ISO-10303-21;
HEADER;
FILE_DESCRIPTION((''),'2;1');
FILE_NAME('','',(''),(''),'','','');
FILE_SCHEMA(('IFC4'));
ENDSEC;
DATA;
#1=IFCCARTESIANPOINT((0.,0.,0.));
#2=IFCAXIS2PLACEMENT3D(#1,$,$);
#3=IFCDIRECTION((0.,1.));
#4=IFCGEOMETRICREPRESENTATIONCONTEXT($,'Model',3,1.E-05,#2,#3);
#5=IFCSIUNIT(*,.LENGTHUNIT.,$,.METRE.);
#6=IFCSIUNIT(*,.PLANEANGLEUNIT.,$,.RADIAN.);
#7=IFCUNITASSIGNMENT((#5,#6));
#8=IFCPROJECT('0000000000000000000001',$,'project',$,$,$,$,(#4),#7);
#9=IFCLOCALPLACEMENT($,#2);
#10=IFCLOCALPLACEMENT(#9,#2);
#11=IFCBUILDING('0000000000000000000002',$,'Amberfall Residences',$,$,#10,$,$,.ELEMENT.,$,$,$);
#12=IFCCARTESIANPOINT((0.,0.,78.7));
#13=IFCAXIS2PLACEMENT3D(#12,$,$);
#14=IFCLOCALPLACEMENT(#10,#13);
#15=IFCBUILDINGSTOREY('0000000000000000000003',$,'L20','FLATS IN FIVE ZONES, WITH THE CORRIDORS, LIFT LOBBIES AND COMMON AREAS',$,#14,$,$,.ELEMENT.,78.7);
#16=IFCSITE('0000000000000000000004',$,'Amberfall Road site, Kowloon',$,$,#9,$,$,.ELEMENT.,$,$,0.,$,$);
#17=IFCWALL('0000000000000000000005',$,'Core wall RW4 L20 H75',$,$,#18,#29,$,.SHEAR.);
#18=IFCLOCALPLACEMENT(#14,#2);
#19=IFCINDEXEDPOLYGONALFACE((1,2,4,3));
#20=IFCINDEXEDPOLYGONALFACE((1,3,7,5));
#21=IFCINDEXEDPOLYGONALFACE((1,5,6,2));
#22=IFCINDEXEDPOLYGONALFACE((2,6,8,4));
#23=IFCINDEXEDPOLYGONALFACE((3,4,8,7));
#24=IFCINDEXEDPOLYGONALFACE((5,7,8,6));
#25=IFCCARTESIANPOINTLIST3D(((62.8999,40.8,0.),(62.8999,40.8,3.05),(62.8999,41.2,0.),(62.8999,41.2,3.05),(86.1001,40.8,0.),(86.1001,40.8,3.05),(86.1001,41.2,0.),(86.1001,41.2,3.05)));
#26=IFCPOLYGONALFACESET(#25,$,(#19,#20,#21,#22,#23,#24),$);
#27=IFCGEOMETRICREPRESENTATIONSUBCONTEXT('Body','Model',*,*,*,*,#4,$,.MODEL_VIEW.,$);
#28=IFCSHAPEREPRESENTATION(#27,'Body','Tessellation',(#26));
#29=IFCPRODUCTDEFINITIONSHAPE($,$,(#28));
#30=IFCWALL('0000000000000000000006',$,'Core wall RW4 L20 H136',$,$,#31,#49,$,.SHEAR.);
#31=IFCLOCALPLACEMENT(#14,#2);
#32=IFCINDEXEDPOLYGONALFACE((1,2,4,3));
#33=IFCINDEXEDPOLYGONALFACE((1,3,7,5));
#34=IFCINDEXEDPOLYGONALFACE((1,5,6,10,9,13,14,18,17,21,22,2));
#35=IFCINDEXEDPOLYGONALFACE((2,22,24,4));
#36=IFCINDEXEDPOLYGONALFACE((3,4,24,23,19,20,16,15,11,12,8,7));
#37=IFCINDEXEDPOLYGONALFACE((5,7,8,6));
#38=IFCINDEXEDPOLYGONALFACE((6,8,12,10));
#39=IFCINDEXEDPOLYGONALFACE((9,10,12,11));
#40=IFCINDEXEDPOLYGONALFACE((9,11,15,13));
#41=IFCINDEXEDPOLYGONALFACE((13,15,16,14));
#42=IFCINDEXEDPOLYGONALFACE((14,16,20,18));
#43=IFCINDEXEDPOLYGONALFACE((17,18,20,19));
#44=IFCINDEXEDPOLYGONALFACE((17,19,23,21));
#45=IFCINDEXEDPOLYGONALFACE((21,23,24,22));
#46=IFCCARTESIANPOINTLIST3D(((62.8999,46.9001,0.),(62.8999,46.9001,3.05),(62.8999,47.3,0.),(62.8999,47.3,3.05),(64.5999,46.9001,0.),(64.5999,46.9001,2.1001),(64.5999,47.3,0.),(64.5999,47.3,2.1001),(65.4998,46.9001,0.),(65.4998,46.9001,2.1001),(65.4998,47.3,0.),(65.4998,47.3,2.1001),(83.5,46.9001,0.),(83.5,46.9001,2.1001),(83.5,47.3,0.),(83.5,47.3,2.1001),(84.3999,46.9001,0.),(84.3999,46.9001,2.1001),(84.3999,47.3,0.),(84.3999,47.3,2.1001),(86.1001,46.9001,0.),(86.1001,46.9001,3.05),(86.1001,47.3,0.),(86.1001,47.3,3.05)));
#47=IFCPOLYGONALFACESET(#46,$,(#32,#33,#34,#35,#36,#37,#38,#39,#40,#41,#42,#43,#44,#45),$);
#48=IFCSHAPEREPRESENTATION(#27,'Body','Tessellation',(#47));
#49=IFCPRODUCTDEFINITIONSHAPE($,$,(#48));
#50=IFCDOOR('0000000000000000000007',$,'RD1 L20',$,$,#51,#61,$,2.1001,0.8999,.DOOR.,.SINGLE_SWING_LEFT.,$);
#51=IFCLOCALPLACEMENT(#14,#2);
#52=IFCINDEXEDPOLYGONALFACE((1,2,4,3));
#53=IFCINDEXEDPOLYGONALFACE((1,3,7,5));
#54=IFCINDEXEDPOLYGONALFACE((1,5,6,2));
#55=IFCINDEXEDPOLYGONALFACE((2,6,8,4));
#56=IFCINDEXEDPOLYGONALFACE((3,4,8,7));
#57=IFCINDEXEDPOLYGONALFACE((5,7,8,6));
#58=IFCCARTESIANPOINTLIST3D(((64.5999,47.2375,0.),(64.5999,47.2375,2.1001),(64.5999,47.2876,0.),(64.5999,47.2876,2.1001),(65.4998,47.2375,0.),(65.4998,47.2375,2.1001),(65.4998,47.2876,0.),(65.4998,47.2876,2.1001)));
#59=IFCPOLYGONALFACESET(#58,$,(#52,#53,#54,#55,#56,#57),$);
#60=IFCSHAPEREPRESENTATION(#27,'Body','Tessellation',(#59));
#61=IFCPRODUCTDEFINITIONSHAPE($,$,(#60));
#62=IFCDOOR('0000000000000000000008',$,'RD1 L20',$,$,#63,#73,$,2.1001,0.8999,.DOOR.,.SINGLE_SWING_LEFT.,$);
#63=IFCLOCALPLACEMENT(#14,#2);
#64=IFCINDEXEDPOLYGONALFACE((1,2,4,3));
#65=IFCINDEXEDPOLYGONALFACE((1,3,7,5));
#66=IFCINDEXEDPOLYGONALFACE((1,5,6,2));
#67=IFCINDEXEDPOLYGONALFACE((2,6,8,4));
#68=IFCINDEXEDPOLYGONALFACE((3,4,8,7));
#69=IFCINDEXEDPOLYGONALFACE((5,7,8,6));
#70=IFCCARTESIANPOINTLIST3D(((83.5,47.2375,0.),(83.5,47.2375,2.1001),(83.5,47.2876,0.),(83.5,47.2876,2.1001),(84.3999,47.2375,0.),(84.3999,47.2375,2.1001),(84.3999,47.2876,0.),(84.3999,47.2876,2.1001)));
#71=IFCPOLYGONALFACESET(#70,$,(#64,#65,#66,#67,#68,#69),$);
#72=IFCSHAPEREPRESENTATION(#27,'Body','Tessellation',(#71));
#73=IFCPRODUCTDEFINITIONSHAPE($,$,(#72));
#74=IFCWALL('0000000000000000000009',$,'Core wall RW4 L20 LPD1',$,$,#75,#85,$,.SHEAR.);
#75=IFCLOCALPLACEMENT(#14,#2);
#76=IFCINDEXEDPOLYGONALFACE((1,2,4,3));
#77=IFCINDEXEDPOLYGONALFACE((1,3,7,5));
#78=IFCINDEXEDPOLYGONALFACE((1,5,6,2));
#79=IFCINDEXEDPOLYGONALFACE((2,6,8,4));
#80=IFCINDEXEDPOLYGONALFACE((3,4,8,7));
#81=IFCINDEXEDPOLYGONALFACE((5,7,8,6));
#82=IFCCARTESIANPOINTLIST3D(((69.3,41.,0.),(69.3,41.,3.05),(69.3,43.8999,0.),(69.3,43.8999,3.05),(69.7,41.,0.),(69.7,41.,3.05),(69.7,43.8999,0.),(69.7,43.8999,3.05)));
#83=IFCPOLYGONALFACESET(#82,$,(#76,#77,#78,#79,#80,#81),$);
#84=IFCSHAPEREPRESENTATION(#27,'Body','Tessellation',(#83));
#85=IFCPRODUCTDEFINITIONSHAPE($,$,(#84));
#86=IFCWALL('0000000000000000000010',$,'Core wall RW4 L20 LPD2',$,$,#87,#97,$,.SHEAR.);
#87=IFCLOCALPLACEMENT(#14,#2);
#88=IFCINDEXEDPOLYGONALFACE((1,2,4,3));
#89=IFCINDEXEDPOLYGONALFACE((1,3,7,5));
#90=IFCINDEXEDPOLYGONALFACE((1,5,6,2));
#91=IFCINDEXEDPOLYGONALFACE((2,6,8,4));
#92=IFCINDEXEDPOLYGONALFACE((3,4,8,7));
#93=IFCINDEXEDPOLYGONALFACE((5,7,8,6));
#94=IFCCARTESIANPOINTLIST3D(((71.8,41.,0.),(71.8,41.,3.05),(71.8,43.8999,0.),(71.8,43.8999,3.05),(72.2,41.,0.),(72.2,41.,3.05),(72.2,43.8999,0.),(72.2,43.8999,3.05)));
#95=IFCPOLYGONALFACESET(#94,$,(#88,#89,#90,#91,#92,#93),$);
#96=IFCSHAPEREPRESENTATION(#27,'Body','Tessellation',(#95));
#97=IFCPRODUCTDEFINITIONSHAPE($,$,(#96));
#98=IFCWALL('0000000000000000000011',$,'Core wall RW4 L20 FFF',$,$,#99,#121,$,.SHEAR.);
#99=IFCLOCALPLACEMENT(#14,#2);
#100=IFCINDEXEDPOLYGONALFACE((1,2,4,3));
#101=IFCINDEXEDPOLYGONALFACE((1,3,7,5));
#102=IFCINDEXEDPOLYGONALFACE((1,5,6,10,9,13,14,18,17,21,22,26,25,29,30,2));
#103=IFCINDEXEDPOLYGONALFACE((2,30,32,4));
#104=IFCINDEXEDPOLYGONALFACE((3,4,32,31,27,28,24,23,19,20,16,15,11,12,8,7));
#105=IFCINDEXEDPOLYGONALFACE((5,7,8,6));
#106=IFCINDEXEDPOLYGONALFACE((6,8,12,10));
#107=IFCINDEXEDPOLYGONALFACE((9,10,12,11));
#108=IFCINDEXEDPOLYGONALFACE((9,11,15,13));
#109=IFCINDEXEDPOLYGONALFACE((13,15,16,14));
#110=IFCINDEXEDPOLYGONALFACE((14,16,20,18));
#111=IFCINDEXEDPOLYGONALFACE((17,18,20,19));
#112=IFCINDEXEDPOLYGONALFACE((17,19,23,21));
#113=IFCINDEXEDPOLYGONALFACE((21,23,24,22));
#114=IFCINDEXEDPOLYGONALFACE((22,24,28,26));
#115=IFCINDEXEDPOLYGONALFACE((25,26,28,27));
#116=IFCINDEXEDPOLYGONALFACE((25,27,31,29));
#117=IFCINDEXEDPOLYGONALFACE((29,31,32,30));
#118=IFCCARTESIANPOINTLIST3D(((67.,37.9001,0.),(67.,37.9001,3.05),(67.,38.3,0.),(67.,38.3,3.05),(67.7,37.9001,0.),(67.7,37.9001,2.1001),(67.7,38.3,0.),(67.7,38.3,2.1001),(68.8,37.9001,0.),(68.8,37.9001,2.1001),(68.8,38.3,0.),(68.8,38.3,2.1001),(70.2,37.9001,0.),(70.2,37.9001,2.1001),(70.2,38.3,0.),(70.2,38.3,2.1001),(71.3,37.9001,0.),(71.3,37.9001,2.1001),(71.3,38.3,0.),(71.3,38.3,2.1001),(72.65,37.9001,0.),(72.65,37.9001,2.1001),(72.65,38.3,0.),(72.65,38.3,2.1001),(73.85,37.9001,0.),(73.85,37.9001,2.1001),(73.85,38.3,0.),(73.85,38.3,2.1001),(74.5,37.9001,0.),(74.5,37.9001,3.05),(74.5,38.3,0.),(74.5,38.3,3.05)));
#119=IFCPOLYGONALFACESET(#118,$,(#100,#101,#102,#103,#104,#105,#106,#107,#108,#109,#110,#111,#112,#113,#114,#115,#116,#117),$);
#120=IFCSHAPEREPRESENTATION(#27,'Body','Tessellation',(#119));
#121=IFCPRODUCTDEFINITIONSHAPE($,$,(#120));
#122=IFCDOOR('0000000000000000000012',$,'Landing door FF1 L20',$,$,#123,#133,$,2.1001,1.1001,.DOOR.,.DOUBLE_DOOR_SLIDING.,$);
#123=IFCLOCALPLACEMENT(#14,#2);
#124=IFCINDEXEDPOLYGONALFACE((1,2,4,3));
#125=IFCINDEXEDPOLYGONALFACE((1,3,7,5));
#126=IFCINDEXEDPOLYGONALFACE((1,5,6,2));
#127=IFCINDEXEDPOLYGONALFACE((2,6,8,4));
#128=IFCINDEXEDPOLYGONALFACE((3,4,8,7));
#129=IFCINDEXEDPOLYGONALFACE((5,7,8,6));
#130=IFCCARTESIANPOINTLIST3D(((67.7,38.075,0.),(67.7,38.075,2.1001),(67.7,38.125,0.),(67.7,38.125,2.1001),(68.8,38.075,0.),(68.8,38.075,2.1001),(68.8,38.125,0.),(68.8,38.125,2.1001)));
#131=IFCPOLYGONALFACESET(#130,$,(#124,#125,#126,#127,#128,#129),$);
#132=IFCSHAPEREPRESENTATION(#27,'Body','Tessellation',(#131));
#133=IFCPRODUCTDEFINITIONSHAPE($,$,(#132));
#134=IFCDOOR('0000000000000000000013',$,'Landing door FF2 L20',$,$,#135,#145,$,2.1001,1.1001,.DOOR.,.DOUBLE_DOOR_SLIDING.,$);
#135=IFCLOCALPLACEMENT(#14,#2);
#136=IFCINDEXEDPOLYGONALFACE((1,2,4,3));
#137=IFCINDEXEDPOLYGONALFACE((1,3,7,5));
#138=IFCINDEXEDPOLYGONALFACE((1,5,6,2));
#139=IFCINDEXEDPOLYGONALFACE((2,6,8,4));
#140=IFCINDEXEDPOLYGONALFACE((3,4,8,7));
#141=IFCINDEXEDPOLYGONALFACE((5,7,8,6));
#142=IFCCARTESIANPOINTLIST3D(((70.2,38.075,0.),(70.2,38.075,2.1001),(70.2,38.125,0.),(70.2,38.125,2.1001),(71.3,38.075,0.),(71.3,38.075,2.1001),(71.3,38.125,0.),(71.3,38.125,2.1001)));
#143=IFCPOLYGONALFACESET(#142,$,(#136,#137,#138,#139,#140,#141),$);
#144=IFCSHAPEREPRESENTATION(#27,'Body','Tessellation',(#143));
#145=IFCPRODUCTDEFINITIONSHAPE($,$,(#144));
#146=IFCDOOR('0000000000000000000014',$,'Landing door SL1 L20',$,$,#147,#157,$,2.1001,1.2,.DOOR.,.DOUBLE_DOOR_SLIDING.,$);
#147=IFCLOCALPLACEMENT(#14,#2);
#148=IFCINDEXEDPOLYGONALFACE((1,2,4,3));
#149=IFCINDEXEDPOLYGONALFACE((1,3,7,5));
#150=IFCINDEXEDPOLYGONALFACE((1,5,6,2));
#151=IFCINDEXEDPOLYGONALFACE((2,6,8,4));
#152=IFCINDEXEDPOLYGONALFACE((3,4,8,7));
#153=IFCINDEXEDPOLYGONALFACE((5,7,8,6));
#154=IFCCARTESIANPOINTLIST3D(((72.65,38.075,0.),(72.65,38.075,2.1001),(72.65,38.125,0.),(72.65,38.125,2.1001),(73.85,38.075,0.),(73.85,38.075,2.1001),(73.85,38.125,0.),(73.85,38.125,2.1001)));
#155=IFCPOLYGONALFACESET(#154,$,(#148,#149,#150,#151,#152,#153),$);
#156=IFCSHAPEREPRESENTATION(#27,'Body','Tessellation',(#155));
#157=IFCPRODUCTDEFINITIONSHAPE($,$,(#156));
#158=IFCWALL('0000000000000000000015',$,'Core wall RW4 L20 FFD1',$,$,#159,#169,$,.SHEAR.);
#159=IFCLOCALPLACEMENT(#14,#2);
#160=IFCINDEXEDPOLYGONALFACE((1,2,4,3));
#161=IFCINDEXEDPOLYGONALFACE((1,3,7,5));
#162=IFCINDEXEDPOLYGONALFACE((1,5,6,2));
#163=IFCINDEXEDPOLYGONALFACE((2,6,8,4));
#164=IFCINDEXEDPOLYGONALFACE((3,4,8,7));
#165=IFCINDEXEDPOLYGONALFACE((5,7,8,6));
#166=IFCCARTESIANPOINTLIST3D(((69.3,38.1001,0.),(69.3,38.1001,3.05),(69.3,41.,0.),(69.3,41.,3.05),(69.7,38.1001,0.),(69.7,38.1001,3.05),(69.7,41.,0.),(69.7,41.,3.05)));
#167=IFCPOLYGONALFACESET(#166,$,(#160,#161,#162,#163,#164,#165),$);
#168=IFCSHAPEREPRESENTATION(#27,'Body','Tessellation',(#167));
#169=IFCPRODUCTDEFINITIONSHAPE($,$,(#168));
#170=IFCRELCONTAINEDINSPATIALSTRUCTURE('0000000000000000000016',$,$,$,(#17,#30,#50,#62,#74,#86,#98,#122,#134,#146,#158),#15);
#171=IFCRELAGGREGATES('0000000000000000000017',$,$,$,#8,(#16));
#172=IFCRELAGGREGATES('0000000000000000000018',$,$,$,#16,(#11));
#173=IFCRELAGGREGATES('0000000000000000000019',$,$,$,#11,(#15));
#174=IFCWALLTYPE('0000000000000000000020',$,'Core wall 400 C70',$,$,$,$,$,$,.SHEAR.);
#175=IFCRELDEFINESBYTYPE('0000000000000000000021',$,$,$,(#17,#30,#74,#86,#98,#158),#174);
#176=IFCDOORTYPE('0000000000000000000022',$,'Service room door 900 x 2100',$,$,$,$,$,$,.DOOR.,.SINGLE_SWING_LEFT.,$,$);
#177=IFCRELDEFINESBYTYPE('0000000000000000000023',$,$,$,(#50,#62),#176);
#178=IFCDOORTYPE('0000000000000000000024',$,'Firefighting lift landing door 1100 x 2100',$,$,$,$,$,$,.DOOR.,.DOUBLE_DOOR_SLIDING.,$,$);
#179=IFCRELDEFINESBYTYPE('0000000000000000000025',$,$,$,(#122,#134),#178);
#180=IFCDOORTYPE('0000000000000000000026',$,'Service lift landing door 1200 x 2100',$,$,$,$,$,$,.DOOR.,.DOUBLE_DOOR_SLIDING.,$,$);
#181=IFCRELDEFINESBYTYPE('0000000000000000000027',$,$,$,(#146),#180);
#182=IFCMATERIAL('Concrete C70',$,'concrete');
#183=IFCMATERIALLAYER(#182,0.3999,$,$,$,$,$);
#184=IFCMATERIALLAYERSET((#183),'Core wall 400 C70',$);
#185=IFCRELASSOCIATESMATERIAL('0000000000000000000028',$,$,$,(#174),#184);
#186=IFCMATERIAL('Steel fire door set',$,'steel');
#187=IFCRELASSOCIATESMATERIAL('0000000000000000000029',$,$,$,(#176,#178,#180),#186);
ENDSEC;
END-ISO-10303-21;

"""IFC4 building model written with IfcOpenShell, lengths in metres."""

from ifc_helpers import new_model, si_unit, direction, frame, frame_2d, origin, place, context, subcontext, project, spatial, rectangle, extrude, material, layer, layer_set, type_object, element, fill, save


model = new_model("IFC4")

# Units and contexts
model_context = context("Model", 3, precision=1e-05, world=origin(), true_north=direction((0.0, 1.0)))
body_context = subcontext(model_context, "Body", "Model", "MODEL_VIEW")
ifc_project = project(units=[si_unit("LENGTHUNIT", "METRE"), si_unit("PLANEANGLEUNIT", "RADIAN")], contexts=[model_context])

# Site, building, storey
site_placement = place(None, origin())
site = spatial("IfcSite", under=ifc_project, at=site_placement, Name="Amberfall Road site, Kowloon", CompositionType="ELEMENT", RefElevation=0.0)
building_placement = place(site_placement, origin())
building = spatial("IfcBuilding", under=site, at=building_placement, Name="Amberfall Residences", CompositionType="ELEMENT")
storey_placement = place(building_placement, frame((0.0, 0.0, 78.7)))
storey = spatial("IfcBuildingStorey", under=building, at=storey_placement, Name="L20", Description="FLATS IN FIVE ZONES, WITH THE CORRIDORS, LIFT LOBBIES AND COMMON AREAS", CompositionType="ELEMENT", Elevation=78.7)

# Wall
ifc_material_1 = material(Name="Concrete C70", Category="concrete")
ifc_layer_1 = layer(ifc_material_1, 0.3999)
ifc_layer_set_1 = layer_set([ifc_layer_1], Name="Core wall 400 C70")
wall_type_1 = type_object("IfcWallType", Name="Core wall 400 C70", PredefinedType="SHEAR", material=ifc_layer_set_1)
wall_1_placement = place(storey_placement, frame((62.8999, 41.0, 0.0), z_axis=(0.0, 0.0, 1.0), x_axis=(1.0, 0.0, 0.0)))
element("IfcWall", 1, at=wall_1_placement, inside=storey, type_object=wall_type_1, Name="Core wall RW4 L20 H75", PredefinedType="SHEAR", context=body_context, shape_type="SweptSolid", body=[
    extrude(rectangle(XDim=23.2002, YDim=0.3999, at=frame_2d((11.6001, 0.0))), origin(), (0.0, 0.0, 1.0), 3.05),
])

# Wall, openings, doors
ifc_material_2 = material(Name="Steel fire door set", Category="steel")
door_type_1 = type_object("IfcDoorType", Name="Service room door 900 x 2100", OperationType="SINGLE_SWING_LEFT", PredefinedType="DOOR", material=ifc_material_2)
wall_2_placement = place(storey_placement, frame((62.8999, 47.1001, 0.0), z_axis=(0.0, 0.0, 1.0), x_axis=(1.0, 0.0, 0.0)))
wall_2 = element("IfcWall", 2, at=wall_2_placement, inside=storey, type_object=wall_type_1, Name="Core wall RW4 L20 H136", PredefinedType="SHEAR", context=body_context, shape_type="SweptSolid", body=[
    extrude(rectangle(XDim=23.2002, YDim=0.3999, at=frame_2d((11.6001, 0.0))), origin(), (0.0, 0.0, 1.0), 3.05),
])
opening_1_placement = place(wall_2_placement, frame((1.7, 0.0, 0.0)))
opening_1 = element("IfcOpeningElement", 3, at=opening_1_placement, cuts=wall_2, PredefinedType="OPENING", context=body_context, shape_type="SweptSolid", body=[
    extrude(rectangle(XDim=0.8999, YDim=2.1001, at=frame_2d((0.45, 1.05))), frame((0.0, 0.21, 0.0), z_axis=(0.0, -1.0, 0.0), x_axis=(1.0, 0.0, 0.0)), (0.0, 0.0, 1.0), 0.4199),
])
opening_2_placement = place(wall_2_placement, frame((20.6001, 0.0, 0.0)))
opening_2 = element("IfcOpeningElement", 4, at=opening_2_placement, cuts=wall_2, PredefinedType="OPENING", context=body_context, shape_type="SweptSolid", body=[
    extrude(rectangle(XDim=0.8999, YDim=2.1001, at=frame_2d((0.45, 1.05))), frame((0.0, 0.21, 0.0), z_axis=(0.0, -1.0, 0.0), x_axis=(1.0, 0.0, 0.0)), (0.0, 0.0, 1.0), 0.4199),
])
door_1_placement = place(opening_1_placement, origin())
door_1 = element("IfcDoor", 5, at=door_1_placement, inside=storey, type_object=door_type_1, Name="RD1 L20", OperationType="SINGLE_SWING_LEFT", OverallHeight=2.1001, OverallWidth=0.8999, PredefinedType="DOOR", context=body_context, shape_type="SweptSolid", body=[
    extrude(rectangle(XDim=0.8999, YDim=2.1001, at=frame_2d((0.45, 1.05))), frame((0.0, 0.1875, 0.0), z_axis=(0.0, -1.0, 0.0), x_axis=(1.0, 0.0, 0.0)), (0.0, 0.0, 1.0), 0.05),
])
fill(opening_1, door_1)
door_2_placement = place(opening_2_placement, origin())
door_2 = element("IfcDoor", 6, at=door_2_placement, inside=storey, type_object=door_type_1, Name="RD1 L20", OperationType="SINGLE_SWING_LEFT", OverallHeight=2.1001, OverallWidth=0.8999, PredefinedType="DOOR", context=body_context, shape_type="SweptSolid", body=[
    extrude(rectangle(XDim=0.8999, YDim=2.1001, at=frame_2d((0.45, 1.05))), frame((0.0, 0.1875, 0.0), z_axis=(0.0, -1.0, 0.0), x_axis=(1.0, 0.0, 0.0)), (0.0, 0.0, 1.0), 0.05),
])
fill(opening_2, door_2)

# Walls
for number, where, z_axis, x_axis, name in (
    (7, (69.5, 41.0, 0.0), (0.0, 0.0, 1.0), (0.0, 1.0, 0.0), "Core wall RW4 L20 LPD1"),
    (8, (72.0, 41.0, 0.0), (0.0, 0.0, 1.0), (0.0, 1.0, 0.0), "Core wall RW4 L20 LPD2"),
):
    element("IfcWall", number, at=place(storey_placement, frame(where, z_axis=z_axis, x_axis=x_axis)), inside=storey, type_object=wall_type_1, Name=name, PredefinedType="SHEAR", context=body_context, shape_type="SweptSolid", body=[
        extrude(rectangle(XDim=2.8999, YDim=0.3999, at=frame_2d((1.45, 0.0))), origin(), (0.0, 0.0, 1.0), 3.05),
    ])

# Wall, openings, doors
wall_3_placement = place(storey_placement, frame((67.0, 38.1001, 0.0), z_axis=(0.0, 0.0, 1.0), x_axis=(1.0, 0.0, 0.0)))
wall_3 = element("IfcWall", 9, at=wall_3_placement, inside=storey, type_object=wall_type_1, Name="Core wall RW4 L20 FFF", PredefinedType="SHEAR", context=body_context, shape_type="SweptSolid", body=[
    extrude(rectangle(XDim=7.5, YDim=0.3999, at=frame_2d((3.75, 0.0))), origin(), (0.0, 0.0, 1.0), 3.05),
])
opening_3_placement = place(wall_3_placement, frame((0.7, 0.0, 0.0)))
opening_3 = element("IfcOpeningElement", 10, at=opening_3_placement, cuts=wall_3, PredefinedType="OPENING", context=body_context, shape_type="SweptSolid", body=[
    extrude(rectangle(XDim=1.1001, YDim=2.1001, at=frame_2d((0.55, 1.05))), frame((0.0, 0.21, 0.0), z_axis=(0.0, -1.0, 0.0), x_axis=(1.0, 0.0, 0.0)), (0.0, 0.0, 1.0), 0.4199),
])
opening_4_placement = place(wall_3_placement, frame((3.2, 0.0, 0.0)))
opening_4 = element("IfcOpeningElement", 11, at=opening_4_placement, cuts=wall_3, PredefinedType="OPENING", context=body_context, shape_type="SweptSolid", body=[
    extrude(rectangle(XDim=1.1001, YDim=2.1001, at=frame_2d((0.55, 1.05))), frame((0.0, 0.21, 0.0), z_axis=(0.0, -1.0, 0.0), x_axis=(1.0, 0.0, 0.0)), (0.0, 0.0, 1.0), 0.4199),
])
opening_5_placement = place(wall_3_placement, frame((5.6499, 0.0, 0.0)))
opening_5 = element("IfcOpeningElement", 12, at=opening_5_placement, cuts=wall_3, PredefinedType="OPENING", context=body_context, shape_type="SweptSolid", body=[
    extrude(rectangle(XDim=1.2, YDim=2.1001, at=frame_2d((0.6001, 1.05))), frame((0.0, 0.21, 0.0), z_axis=(0.0, -1.0, 0.0), x_axis=(1.0, 0.0, 0.0)), (0.0, 0.0, 1.0), 0.4199),
])
door_type_2 = type_object("IfcDoorType", Name="Firefighting lift landing door 1100 x 2100", OperationType="DOUBLE_DOOR_SLIDING", PredefinedType="DOOR", material=ifc_material_2)
door_3_placement = place(opening_3_placement, origin())
door_3 = element("IfcDoor", 13, at=door_3_placement, inside=storey, type_object=door_type_2, Name="Landing door FF1 L20", OperationType="DOUBLE_DOOR_SLIDING", OverallHeight=2.1001, OverallWidth=1.1001, PredefinedType="DOOR", context=body_context, shape_type="SweptSolid", body=[
    extrude(rectangle(XDim=1.1001, YDim=2.1001, at=frame_2d((0.55, 1.05))), frame((0.0, 0.0249, 0.0), z_axis=(0.0, -1.0, 0.0), x_axis=(1.0, 0.0, 0.0)), (0.0, 0.0, 1.0), 0.05),
])
fill(opening_3, door_3)
door_4_placement = place(opening_4_placement, origin())
door_4 = element("IfcDoor", 14, at=door_4_placement, inside=storey, type_object=door_type_2, Name="Landing door FF2 L20", OperationType="DOUBLE_DOOR_SLIDING", OverallHeight=2.1001, OverallWidth=1.1001, PredefinedType="DOOR", context=body_context, shape_type="SweptSolid", body=[
    extrude(rectangle(XDim=1.1001, YDim=2.1001, at=frame_2d((0.55, 1.05))), frame((0.0, 0.0249, 0.0), z_axis=(0.0, -1.0, 0.0), x_axis=(1.0, 0.0, 0.0)), (0.0, 0.0, 1.0), 0.05),
])
fill(opening_4, door_4)
door_type_3 = type_object("IfcDoorType", Name="Service lift landing door 1200 x 2100", OperationType="DOUBLE_DOOR_SLIDING", PredefinedType="DOOR", material=ifc_material_2)
door_5_placement = place(opening_5_placement, origin())
door_5 = element("IfcDoor", 15, at=door_5_placement, inside=storey, type_object=door_type_3, Name="Landing door SL1 L20", OperationType="DOUBLE_DOOR_SLIDING", OverallHeight=2.1001, OverallWidth=1.2, PredefinedType="DOOR", context=body_context, shape_type="SweptSolid", body=[
    extrude(rectangle(XDim=1.2, YDim=2.1001, at=frame_2d((0.6001, 1.05))), frame((0.0, 0.0249, 0.0), z_axis=(0.0, -1.0, 0.0), x_axis=(1.0, 0.0, 0.0)), (0.0, 0.0, 1.0), 0.05),
])
fill(opening_5, door_5)

# Wall
wall_4_placement = place(storey_placement, frame((69.5, 38.1001, 0.0), z_axis=(0.0, 0.0, 1.0), x_axis=(0.0, 1.0, 0.0)))
element("IfcWall", 16, at=wall_4_placement, inside=storey, type_object=wall_type_1, Name="Core wall RW4 L20 FFD1", PredefinedType="SHEAR", context=body_context, shape_type="SweptSolid", body=[
    extrude(rectangle(XDim=2.8999, YDim=0.3999, at=frame_2d((1.45, 0.0))), origin(), (0.0, 0.0, 1.0), 3.05),
])

save(model, "model.ifc")
